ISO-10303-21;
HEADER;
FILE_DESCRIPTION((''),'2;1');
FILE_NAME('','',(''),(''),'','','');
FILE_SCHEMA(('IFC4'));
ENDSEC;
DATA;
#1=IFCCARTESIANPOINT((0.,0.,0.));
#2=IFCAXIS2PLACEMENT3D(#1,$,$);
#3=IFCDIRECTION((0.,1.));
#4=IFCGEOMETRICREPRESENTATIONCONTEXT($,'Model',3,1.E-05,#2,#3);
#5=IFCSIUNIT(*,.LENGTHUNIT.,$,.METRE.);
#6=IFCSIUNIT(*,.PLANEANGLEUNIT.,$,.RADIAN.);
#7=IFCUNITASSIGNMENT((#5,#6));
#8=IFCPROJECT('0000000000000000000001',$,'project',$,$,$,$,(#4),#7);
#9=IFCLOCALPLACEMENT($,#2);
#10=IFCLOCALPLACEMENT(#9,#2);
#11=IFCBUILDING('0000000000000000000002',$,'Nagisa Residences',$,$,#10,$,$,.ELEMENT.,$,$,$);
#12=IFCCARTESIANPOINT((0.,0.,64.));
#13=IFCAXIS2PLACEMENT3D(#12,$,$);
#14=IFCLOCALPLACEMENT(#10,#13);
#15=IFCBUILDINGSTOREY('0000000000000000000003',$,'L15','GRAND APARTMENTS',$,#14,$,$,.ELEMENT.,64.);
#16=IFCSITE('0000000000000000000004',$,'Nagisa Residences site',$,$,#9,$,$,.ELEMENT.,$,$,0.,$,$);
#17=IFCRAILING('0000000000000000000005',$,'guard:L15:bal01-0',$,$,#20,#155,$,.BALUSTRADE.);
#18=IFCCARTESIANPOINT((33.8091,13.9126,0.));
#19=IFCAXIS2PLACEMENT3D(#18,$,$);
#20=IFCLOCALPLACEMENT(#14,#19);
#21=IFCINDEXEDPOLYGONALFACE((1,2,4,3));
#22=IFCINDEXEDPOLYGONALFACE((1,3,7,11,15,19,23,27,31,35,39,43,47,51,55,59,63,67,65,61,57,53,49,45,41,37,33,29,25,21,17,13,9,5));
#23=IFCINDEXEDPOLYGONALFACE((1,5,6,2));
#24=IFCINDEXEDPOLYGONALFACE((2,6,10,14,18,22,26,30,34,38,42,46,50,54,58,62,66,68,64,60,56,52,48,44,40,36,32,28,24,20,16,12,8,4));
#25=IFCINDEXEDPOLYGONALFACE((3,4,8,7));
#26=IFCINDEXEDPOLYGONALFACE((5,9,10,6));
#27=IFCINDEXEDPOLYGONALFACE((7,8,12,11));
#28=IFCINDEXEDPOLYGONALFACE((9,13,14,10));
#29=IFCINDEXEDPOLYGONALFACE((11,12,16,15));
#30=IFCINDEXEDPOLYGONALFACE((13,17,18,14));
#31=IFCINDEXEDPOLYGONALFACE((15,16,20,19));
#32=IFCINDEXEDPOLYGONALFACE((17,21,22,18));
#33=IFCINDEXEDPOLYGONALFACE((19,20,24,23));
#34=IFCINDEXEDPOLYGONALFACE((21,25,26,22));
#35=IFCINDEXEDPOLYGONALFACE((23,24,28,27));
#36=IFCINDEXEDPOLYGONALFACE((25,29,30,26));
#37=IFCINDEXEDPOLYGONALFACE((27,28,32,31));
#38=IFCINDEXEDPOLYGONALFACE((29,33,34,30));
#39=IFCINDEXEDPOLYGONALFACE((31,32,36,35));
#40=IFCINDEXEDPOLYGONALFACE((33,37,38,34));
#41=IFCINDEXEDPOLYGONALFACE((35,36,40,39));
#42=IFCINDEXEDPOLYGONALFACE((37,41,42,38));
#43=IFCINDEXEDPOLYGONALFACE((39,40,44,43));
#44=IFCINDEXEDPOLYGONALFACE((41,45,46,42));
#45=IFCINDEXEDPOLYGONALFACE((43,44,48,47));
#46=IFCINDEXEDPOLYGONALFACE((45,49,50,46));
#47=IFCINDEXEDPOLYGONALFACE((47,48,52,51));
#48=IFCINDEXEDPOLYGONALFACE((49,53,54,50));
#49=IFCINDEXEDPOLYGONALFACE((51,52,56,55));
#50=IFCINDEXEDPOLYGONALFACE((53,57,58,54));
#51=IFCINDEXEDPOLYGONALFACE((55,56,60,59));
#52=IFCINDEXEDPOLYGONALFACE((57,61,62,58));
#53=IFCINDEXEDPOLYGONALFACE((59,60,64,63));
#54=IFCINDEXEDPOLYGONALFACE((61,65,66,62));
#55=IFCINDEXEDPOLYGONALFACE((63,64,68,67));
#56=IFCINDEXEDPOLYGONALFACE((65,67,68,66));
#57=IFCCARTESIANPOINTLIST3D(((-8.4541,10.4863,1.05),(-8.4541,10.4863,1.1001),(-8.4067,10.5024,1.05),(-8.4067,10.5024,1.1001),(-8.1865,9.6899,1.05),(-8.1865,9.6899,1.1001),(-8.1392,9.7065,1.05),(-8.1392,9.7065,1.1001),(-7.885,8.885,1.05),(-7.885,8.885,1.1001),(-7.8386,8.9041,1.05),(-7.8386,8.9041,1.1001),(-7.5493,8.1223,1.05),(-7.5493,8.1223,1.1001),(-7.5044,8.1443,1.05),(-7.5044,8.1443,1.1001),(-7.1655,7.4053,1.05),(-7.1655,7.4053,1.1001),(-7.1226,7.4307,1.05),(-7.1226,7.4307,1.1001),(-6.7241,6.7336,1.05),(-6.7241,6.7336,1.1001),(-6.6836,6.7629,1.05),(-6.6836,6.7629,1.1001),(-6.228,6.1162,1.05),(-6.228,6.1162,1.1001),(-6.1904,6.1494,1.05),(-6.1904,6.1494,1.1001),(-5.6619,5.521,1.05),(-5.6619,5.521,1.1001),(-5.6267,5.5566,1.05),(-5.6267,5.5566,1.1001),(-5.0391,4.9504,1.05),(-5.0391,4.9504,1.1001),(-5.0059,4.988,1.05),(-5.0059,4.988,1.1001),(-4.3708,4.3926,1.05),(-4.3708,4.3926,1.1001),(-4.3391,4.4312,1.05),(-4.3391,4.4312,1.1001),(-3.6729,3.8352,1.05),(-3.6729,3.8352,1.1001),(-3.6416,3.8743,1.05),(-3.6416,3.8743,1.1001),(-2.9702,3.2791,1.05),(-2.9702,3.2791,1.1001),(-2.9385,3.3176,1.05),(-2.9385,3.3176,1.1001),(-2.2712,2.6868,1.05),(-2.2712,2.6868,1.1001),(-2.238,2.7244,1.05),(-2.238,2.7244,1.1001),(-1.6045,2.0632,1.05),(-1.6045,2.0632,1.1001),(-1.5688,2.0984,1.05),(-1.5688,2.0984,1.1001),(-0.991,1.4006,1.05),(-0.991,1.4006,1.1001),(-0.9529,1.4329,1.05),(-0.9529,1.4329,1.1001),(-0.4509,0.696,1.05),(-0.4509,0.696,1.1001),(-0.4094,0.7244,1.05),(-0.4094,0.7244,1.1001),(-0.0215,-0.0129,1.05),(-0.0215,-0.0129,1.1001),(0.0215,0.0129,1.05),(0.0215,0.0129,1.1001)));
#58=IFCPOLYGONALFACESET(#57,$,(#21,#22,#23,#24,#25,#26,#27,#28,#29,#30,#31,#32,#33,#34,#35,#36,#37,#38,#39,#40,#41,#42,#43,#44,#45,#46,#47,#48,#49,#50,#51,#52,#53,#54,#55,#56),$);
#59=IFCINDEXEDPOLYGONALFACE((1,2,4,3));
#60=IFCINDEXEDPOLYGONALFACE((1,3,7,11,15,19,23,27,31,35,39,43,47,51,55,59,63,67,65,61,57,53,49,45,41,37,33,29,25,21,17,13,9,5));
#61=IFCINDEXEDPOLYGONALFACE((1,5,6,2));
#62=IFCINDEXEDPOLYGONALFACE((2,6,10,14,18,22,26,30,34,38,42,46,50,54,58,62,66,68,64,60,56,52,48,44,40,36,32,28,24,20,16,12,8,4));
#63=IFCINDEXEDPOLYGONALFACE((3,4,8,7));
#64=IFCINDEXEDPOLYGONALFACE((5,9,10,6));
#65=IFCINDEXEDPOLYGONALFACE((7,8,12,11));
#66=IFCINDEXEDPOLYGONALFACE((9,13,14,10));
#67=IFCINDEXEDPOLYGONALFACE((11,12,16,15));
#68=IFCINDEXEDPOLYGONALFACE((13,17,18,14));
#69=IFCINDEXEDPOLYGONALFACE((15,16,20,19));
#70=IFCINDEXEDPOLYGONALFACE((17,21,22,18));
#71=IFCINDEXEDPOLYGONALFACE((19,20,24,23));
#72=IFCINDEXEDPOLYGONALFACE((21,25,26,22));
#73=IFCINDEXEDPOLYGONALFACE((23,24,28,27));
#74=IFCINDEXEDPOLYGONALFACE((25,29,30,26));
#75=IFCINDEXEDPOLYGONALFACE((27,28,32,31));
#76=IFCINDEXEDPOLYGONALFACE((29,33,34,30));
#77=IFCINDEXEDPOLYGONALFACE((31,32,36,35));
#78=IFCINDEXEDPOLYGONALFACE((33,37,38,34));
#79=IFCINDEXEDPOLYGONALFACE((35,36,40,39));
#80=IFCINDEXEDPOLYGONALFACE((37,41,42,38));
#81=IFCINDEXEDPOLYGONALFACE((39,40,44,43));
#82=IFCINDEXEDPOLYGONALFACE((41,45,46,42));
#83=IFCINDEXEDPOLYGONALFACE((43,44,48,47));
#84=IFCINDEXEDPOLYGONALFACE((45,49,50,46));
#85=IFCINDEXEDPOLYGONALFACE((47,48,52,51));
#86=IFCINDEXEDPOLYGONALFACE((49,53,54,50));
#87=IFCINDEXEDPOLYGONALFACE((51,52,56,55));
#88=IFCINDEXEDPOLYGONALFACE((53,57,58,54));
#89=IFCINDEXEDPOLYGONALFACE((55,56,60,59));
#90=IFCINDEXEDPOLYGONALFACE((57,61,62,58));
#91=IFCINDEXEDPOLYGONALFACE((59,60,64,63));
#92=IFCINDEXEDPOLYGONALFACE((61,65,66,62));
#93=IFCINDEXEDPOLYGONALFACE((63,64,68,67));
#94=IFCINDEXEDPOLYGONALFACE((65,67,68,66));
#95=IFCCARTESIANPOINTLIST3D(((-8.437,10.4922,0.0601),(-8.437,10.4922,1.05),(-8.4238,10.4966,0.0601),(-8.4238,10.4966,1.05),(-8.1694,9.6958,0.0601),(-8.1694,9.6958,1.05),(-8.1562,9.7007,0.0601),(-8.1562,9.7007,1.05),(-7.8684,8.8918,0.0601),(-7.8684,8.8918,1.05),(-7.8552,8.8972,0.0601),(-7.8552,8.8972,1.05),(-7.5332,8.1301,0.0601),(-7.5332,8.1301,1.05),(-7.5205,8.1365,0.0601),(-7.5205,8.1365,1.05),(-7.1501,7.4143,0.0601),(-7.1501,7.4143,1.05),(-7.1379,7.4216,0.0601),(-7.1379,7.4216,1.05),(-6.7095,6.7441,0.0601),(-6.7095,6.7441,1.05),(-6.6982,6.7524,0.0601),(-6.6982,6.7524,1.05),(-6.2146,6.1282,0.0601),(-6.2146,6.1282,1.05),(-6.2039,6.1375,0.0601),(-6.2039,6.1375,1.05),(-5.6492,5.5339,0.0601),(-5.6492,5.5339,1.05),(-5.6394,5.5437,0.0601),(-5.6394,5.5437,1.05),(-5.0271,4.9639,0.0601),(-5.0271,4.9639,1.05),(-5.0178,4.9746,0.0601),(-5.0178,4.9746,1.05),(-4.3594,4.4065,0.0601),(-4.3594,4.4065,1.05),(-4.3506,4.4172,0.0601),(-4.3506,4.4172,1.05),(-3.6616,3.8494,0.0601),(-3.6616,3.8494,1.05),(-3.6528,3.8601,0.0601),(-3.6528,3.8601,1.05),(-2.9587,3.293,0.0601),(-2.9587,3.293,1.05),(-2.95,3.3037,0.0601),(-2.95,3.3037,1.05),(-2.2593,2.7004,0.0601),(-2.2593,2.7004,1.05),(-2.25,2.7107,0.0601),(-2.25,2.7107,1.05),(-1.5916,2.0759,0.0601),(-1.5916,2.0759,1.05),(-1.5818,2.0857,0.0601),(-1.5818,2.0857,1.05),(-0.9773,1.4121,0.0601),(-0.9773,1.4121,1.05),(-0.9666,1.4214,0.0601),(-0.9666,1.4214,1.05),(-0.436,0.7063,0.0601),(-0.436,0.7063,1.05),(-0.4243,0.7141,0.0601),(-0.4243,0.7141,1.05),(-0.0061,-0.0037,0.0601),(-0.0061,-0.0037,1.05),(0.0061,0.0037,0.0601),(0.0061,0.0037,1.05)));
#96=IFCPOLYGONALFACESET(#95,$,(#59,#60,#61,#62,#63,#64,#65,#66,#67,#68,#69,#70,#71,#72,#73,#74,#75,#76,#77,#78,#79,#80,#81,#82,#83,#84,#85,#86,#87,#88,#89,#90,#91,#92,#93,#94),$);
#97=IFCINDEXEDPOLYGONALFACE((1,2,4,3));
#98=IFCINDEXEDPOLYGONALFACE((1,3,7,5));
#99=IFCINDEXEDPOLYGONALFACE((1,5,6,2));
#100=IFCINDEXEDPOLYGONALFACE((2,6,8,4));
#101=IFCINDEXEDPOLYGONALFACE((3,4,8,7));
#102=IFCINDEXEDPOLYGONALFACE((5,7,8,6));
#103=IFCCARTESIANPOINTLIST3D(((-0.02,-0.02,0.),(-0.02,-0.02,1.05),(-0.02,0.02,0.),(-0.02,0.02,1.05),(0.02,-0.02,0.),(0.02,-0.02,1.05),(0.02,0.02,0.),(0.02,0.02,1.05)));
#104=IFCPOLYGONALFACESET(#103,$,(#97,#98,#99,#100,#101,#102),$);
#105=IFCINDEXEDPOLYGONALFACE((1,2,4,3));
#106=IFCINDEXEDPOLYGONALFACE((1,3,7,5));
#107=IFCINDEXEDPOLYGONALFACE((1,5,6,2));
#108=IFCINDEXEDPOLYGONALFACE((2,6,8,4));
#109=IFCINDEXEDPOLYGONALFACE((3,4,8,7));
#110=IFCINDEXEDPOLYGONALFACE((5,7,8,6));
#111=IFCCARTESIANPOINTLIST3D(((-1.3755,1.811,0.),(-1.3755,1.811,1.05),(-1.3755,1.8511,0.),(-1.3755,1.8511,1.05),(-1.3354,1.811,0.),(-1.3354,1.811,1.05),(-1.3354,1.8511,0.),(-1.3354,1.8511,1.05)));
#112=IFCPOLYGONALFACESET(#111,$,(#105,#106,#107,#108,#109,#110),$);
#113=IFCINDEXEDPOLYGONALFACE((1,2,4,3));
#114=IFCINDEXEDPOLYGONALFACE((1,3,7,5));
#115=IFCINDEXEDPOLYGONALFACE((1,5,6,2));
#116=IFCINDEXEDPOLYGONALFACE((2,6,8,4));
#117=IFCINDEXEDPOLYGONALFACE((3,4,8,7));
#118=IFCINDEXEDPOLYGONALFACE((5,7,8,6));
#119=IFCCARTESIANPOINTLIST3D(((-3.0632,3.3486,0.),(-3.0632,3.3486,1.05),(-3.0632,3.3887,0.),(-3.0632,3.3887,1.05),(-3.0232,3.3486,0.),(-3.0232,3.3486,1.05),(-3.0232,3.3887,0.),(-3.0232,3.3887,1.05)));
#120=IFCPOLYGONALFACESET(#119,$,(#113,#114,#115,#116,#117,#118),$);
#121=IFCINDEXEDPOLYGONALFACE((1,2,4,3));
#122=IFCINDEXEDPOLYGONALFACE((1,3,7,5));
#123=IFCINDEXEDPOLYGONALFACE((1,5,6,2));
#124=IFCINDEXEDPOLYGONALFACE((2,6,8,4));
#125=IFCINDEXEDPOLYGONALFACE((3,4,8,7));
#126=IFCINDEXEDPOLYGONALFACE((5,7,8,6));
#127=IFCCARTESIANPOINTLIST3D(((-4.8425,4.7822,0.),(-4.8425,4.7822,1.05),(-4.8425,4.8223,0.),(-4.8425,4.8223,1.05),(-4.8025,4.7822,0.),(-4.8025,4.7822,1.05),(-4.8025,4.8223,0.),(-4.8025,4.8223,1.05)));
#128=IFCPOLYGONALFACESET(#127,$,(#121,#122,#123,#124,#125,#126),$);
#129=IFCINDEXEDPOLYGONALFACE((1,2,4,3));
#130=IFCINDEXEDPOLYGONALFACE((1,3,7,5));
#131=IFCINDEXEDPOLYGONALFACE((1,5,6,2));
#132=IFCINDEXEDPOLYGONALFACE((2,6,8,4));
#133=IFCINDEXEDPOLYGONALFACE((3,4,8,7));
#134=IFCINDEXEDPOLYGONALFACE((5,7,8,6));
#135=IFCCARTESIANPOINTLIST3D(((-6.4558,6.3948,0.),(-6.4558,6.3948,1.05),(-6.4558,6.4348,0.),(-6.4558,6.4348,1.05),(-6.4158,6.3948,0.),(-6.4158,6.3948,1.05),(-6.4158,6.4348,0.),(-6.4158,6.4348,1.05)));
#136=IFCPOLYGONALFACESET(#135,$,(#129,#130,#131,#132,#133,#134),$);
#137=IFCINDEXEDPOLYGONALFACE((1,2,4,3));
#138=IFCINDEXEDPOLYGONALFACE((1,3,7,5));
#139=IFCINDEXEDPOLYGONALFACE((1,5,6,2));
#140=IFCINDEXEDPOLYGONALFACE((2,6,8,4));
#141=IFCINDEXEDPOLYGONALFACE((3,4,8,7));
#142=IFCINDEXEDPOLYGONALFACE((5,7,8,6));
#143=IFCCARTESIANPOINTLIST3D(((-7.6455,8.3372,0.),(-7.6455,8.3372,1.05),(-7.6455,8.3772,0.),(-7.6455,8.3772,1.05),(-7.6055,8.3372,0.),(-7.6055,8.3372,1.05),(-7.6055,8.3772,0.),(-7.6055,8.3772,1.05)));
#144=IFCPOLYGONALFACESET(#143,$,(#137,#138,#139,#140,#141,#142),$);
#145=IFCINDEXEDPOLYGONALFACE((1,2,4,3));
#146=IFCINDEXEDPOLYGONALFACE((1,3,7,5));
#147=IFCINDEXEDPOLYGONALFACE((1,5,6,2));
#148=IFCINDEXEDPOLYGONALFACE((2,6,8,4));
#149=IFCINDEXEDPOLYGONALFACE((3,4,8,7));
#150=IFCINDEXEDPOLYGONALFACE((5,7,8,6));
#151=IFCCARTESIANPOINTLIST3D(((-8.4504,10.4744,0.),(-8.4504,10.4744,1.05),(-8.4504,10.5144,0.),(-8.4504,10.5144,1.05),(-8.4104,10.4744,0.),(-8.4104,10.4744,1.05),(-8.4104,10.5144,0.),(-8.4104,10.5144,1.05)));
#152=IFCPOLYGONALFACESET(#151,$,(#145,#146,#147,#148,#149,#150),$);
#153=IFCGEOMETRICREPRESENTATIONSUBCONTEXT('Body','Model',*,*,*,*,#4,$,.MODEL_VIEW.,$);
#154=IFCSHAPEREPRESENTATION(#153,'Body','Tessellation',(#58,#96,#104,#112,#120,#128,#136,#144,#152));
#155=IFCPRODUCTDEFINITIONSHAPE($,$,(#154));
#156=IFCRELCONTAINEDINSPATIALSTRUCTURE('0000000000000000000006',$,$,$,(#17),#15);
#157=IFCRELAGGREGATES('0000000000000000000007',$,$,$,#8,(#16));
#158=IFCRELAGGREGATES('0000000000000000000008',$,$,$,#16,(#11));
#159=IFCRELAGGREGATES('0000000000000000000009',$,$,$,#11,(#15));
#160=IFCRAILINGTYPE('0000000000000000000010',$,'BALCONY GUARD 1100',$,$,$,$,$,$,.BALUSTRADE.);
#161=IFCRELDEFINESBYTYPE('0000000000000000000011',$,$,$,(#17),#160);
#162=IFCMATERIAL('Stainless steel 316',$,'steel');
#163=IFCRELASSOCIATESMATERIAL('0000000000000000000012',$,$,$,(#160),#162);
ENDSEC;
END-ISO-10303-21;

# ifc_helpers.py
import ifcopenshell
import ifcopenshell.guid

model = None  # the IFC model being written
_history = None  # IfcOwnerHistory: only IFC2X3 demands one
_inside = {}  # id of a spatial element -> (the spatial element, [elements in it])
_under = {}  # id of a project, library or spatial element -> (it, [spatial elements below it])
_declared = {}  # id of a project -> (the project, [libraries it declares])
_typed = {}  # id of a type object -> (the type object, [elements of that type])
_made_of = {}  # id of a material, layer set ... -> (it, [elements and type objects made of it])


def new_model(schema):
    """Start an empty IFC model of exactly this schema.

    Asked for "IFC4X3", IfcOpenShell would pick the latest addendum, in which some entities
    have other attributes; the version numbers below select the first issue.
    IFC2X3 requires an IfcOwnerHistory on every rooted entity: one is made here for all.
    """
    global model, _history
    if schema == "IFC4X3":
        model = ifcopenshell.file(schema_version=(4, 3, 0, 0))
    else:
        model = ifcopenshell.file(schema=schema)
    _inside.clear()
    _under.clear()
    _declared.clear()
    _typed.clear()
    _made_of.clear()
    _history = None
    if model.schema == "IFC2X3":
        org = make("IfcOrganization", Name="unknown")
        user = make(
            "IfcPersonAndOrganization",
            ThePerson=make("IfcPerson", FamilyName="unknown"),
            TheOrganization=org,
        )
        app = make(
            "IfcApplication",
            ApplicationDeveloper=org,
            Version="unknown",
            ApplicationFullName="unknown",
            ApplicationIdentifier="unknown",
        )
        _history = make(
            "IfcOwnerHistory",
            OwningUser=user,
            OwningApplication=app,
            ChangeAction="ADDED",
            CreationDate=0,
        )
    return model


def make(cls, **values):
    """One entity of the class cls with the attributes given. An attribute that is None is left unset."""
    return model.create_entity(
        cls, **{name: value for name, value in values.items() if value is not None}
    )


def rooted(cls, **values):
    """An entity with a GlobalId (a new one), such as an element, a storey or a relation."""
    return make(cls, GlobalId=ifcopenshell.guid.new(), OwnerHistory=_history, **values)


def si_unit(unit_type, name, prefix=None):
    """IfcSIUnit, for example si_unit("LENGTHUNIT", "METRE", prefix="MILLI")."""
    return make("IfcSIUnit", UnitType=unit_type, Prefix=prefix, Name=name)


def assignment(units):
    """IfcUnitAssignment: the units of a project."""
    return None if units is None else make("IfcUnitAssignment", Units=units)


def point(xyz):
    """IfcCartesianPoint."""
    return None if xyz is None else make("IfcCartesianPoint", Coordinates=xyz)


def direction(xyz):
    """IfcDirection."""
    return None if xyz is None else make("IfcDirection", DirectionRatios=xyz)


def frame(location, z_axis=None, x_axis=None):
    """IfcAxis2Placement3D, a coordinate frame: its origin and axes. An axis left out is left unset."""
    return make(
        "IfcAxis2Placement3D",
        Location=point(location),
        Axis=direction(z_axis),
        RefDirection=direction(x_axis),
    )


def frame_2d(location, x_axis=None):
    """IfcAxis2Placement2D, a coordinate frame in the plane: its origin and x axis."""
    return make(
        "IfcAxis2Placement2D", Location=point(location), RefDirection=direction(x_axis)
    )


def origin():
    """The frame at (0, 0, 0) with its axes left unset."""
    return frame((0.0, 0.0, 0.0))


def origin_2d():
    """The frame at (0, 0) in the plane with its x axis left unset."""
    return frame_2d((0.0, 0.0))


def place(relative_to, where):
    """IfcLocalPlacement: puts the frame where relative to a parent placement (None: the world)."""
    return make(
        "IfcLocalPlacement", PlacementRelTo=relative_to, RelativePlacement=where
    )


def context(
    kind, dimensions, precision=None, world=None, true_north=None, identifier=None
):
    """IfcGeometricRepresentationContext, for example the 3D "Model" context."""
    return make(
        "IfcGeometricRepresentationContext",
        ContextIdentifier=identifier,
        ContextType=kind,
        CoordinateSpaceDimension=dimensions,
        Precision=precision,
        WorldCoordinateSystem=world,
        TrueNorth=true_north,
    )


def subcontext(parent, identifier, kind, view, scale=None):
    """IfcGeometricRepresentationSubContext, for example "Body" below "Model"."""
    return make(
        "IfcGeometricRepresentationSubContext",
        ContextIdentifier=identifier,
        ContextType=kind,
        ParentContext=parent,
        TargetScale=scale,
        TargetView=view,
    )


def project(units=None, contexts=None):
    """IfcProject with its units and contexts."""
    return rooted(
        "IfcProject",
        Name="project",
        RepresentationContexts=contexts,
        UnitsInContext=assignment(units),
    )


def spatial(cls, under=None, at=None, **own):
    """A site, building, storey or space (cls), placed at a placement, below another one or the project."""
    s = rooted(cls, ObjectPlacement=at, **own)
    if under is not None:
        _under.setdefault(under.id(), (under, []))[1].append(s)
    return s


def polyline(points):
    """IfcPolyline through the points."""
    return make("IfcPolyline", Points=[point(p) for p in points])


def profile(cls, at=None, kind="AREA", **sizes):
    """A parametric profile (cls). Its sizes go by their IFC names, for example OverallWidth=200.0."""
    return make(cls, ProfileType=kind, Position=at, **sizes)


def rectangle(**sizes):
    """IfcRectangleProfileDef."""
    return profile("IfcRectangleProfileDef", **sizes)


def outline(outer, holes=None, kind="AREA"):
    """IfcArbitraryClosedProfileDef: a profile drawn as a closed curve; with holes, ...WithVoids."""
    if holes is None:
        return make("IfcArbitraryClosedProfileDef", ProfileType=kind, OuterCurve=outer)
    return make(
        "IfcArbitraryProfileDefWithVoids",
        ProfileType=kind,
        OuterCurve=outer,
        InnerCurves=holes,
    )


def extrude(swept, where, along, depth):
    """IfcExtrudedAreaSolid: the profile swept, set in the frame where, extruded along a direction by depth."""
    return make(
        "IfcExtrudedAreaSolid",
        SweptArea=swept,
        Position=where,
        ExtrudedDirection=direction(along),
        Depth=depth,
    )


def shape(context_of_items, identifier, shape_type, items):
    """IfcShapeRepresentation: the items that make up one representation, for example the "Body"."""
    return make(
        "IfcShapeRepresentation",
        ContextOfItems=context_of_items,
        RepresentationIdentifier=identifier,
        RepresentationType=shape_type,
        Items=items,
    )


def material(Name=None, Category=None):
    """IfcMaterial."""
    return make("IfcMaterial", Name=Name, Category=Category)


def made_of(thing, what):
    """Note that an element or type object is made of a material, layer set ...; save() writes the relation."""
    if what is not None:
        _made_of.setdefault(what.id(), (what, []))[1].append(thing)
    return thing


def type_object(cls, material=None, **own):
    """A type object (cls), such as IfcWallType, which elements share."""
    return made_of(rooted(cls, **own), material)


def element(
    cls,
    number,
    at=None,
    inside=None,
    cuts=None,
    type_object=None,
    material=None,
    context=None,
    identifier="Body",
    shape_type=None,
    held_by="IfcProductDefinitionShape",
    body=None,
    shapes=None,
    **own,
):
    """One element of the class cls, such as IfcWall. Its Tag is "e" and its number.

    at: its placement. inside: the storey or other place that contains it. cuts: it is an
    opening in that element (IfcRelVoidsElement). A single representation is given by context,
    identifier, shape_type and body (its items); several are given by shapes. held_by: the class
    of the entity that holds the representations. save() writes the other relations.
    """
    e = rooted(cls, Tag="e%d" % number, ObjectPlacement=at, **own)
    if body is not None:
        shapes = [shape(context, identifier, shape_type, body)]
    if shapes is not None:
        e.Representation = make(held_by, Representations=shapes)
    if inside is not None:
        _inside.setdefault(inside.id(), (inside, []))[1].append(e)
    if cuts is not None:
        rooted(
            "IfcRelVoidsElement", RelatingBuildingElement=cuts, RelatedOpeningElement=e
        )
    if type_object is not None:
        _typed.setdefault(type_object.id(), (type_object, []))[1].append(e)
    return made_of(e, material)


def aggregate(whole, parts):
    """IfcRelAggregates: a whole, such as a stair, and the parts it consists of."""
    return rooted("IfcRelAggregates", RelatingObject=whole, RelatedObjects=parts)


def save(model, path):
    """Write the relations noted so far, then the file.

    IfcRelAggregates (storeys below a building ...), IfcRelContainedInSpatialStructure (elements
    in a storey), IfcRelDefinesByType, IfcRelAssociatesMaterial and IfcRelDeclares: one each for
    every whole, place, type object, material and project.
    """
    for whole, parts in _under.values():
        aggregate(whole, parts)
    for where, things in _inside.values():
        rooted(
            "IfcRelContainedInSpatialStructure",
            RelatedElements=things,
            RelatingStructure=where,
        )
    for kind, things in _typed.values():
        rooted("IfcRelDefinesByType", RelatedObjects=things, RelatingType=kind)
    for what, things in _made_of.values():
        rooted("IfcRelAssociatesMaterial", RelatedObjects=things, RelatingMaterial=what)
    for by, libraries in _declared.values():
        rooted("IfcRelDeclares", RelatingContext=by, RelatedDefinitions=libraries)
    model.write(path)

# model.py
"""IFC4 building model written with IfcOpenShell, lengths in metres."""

from ifc_helpers import new_model, si_unit, direction, frame, origin, origin_2d, place, context, subcontext, project, spatial, polyline, rectangle, outline, extrude, material, type_object, element, save


model = new_model("IFC4")

# Units and contexts
model_context = context("Model", 3, precision=1e-05, world=origin(), true_north=direction((0.0, 1.0)))
body_context = subcontext(model_context, "Body", "Model", "MODEL_VIEW")
ifc_project = project(units=[si_unit("LENGTHUNIT", "METRE"), si_unit("PLANEANGLEUNIT", "RADIAN")], contexts=[model_context])

# Site, building, storey
site_placement = place(None, origin())
site = spatial("IfcSite", under=ifc_project, at=site_placement, Name="Nagisa Residences site", CompositionType="ELEMENT", RefElevation=0.0)
building_placement = place(site_placement, origin())
building = spatial("IfcBuilding", under=site, at=building_placement, Name="Nagisa Residences", CompositionType="ELEMENT")
storey_placement = place(building_placement, frame((0.0, 0.0, 64.0)))
storey = spatial("IfcBuildingStorey", under=building, at=storey_placement, Name="L15", Description="GRAND APARTMENTS", CompositionType="ELEMENT", Elevation=64.0)

# Railing
ifc_material_1 = material(Name="Stainless steel 316", Category="steel")
railing_type = type_object("IfcRailingType", Name="BALCONY GUARD 1100", PredefinedType="BALUSTRADE", material=ifc_material_1)
railing_1_placement = place(storey_placement, frame((33.8091, 13.9126, 0.0)))
element("IfcRailing", 1, at=railing_1_placement, inside=storey, type_object=railing_type, Name="guard:L15:bal01-0", PredefinedType="BALUSTRADE", context=body_context, shape_type="SweptSolid", body=[
    extrude(outline(polyline([(-0.4509, 0.696), (-0.0215, -0.0129), (0.0215, 0.0129), (-0.4094, 0.7244), (-0.9529, 1.4329), (-1.5688, 2.0984), (-2.238, 2.7244), (-2.9385, 3.3176), (-3.6416, 3.8743), (-4.3391, 4.4312), (-5.0059, 4.988), (-5.6267, 5.5566), (-6.1904, 6.1494), (-6.6836, 6.7629), (-7.1226, 7.4307), (-7.5044, 8.1443), (-7.8386, 8.9041), (-8.1392, 9.7065), (-8.4067, 10.5024), (-8.4541, 10.4863), (-8.1865, 9.6899), (-7.885, 8.885), (-7.5493, 8.1223), (-7.1655, 7.4053), (-6.7241, 6.7336), (-6.228, 6.1162), (-5.6619, 5.521), (-5.0391, 4.9504), (-4.3708, 4.3926), (-3.6729, 3.8352), (-2.9702, 3.2791), (-2.2712, 2.6868), (-1.6045, 2.0632), (-0.991, 1.4006), (-0.4509, 0.696)])), frame((0.0, 0.0, 1.05)), (0.0, 0.0, 1.0), 0.05),
    extrude(outline(polyline([(-0.436, 0.7063), (-0.0061, -0.0037), (0.0061, 0.0037), (-0.4243, 0.7141), (-0.9666, 1.4214), (-1.5818, 2.0857), (-2.25, 2.7107), (-2.95, 3.3037), (-3.6528, 3.8601), (-4.3506, 4.4172), (-5.0178, 4.9746), (-5.6394, 5.5437), (-6.2039, 6.1375), (-6.6982, 6.7524), (-7.1379, 7.4216), (-7.5205, 8.1365), (-7.8552, 8.8972), (-8.1562, 9.7007), (-8.4238, 10.4966), (-8.437, 10.4922), (-8.1694, 9.6958), (-7.8684, 8.8918), (-7.5332, 8.1301), (-7.1501, 7.4143), (-6.7095, 6.7441), (-6.2146, 6.1282), (-5.6492, 5.5339), (-5.0271, 4.9639), (-4.3594, 4.4065), (-3.6616, 3.8494), (-2.9587, 3.293), (-2.2593, 2.7004), (-1.5916, 2.0759), (-0.9773, 1.4121), (-0.436, 0.7063)])), frame((0.0, 0.0, 0.0601)), (0.0, 0.0, 1.0), 0.99),
    extrude(rectangle(XDim=0.04, YDim=0.04, at=origin_2d()), origin(), (0.0, 0.0, 1.0), 1.05),
    extrude(rectangle(XDim=0.04, YDim=0.04, at=origin_2d()), frame((-1.3555, 1.8311, 0.0)), (0.0, 0.0, 1.0), 1.05),
    extrude(rectangle(XDim=0.04, YDim=0.04, at=origin_2d()), frame((-3.0432, 3.3687, 0.0)), (0.0, 0.0, 1.0), 1.05),
    extrude(rectangle(XDim=0.04, YDim=0.04, at=origin_2d()), frame((-4.8225, 4.8022, 0.0)), (0.0, 0.0, 1.0), 1.05),
    extrude(rectangle(XDim=0.04, YDim=0.04, at=origin_2d()), frame((-6.4358, 6.4148, 0.0)), (0.0, 0.0, 1.0), 1.05),
    extrude(rectangle(XDim=0.04, YDim=0.04, at=origin_2d()), frame((-7.6255, 8.3572, 0.0)), (0.0, 0.0, 1.0), 1.05),
    extrude(rectangle(XDim=0.04, YDim=0.04, at=origin_2d()), frame((-8.4304, 10.4944, 0.0)), (0.0, 0.0, 1.0), 1.05),
])

save(model, "model.ifc")
